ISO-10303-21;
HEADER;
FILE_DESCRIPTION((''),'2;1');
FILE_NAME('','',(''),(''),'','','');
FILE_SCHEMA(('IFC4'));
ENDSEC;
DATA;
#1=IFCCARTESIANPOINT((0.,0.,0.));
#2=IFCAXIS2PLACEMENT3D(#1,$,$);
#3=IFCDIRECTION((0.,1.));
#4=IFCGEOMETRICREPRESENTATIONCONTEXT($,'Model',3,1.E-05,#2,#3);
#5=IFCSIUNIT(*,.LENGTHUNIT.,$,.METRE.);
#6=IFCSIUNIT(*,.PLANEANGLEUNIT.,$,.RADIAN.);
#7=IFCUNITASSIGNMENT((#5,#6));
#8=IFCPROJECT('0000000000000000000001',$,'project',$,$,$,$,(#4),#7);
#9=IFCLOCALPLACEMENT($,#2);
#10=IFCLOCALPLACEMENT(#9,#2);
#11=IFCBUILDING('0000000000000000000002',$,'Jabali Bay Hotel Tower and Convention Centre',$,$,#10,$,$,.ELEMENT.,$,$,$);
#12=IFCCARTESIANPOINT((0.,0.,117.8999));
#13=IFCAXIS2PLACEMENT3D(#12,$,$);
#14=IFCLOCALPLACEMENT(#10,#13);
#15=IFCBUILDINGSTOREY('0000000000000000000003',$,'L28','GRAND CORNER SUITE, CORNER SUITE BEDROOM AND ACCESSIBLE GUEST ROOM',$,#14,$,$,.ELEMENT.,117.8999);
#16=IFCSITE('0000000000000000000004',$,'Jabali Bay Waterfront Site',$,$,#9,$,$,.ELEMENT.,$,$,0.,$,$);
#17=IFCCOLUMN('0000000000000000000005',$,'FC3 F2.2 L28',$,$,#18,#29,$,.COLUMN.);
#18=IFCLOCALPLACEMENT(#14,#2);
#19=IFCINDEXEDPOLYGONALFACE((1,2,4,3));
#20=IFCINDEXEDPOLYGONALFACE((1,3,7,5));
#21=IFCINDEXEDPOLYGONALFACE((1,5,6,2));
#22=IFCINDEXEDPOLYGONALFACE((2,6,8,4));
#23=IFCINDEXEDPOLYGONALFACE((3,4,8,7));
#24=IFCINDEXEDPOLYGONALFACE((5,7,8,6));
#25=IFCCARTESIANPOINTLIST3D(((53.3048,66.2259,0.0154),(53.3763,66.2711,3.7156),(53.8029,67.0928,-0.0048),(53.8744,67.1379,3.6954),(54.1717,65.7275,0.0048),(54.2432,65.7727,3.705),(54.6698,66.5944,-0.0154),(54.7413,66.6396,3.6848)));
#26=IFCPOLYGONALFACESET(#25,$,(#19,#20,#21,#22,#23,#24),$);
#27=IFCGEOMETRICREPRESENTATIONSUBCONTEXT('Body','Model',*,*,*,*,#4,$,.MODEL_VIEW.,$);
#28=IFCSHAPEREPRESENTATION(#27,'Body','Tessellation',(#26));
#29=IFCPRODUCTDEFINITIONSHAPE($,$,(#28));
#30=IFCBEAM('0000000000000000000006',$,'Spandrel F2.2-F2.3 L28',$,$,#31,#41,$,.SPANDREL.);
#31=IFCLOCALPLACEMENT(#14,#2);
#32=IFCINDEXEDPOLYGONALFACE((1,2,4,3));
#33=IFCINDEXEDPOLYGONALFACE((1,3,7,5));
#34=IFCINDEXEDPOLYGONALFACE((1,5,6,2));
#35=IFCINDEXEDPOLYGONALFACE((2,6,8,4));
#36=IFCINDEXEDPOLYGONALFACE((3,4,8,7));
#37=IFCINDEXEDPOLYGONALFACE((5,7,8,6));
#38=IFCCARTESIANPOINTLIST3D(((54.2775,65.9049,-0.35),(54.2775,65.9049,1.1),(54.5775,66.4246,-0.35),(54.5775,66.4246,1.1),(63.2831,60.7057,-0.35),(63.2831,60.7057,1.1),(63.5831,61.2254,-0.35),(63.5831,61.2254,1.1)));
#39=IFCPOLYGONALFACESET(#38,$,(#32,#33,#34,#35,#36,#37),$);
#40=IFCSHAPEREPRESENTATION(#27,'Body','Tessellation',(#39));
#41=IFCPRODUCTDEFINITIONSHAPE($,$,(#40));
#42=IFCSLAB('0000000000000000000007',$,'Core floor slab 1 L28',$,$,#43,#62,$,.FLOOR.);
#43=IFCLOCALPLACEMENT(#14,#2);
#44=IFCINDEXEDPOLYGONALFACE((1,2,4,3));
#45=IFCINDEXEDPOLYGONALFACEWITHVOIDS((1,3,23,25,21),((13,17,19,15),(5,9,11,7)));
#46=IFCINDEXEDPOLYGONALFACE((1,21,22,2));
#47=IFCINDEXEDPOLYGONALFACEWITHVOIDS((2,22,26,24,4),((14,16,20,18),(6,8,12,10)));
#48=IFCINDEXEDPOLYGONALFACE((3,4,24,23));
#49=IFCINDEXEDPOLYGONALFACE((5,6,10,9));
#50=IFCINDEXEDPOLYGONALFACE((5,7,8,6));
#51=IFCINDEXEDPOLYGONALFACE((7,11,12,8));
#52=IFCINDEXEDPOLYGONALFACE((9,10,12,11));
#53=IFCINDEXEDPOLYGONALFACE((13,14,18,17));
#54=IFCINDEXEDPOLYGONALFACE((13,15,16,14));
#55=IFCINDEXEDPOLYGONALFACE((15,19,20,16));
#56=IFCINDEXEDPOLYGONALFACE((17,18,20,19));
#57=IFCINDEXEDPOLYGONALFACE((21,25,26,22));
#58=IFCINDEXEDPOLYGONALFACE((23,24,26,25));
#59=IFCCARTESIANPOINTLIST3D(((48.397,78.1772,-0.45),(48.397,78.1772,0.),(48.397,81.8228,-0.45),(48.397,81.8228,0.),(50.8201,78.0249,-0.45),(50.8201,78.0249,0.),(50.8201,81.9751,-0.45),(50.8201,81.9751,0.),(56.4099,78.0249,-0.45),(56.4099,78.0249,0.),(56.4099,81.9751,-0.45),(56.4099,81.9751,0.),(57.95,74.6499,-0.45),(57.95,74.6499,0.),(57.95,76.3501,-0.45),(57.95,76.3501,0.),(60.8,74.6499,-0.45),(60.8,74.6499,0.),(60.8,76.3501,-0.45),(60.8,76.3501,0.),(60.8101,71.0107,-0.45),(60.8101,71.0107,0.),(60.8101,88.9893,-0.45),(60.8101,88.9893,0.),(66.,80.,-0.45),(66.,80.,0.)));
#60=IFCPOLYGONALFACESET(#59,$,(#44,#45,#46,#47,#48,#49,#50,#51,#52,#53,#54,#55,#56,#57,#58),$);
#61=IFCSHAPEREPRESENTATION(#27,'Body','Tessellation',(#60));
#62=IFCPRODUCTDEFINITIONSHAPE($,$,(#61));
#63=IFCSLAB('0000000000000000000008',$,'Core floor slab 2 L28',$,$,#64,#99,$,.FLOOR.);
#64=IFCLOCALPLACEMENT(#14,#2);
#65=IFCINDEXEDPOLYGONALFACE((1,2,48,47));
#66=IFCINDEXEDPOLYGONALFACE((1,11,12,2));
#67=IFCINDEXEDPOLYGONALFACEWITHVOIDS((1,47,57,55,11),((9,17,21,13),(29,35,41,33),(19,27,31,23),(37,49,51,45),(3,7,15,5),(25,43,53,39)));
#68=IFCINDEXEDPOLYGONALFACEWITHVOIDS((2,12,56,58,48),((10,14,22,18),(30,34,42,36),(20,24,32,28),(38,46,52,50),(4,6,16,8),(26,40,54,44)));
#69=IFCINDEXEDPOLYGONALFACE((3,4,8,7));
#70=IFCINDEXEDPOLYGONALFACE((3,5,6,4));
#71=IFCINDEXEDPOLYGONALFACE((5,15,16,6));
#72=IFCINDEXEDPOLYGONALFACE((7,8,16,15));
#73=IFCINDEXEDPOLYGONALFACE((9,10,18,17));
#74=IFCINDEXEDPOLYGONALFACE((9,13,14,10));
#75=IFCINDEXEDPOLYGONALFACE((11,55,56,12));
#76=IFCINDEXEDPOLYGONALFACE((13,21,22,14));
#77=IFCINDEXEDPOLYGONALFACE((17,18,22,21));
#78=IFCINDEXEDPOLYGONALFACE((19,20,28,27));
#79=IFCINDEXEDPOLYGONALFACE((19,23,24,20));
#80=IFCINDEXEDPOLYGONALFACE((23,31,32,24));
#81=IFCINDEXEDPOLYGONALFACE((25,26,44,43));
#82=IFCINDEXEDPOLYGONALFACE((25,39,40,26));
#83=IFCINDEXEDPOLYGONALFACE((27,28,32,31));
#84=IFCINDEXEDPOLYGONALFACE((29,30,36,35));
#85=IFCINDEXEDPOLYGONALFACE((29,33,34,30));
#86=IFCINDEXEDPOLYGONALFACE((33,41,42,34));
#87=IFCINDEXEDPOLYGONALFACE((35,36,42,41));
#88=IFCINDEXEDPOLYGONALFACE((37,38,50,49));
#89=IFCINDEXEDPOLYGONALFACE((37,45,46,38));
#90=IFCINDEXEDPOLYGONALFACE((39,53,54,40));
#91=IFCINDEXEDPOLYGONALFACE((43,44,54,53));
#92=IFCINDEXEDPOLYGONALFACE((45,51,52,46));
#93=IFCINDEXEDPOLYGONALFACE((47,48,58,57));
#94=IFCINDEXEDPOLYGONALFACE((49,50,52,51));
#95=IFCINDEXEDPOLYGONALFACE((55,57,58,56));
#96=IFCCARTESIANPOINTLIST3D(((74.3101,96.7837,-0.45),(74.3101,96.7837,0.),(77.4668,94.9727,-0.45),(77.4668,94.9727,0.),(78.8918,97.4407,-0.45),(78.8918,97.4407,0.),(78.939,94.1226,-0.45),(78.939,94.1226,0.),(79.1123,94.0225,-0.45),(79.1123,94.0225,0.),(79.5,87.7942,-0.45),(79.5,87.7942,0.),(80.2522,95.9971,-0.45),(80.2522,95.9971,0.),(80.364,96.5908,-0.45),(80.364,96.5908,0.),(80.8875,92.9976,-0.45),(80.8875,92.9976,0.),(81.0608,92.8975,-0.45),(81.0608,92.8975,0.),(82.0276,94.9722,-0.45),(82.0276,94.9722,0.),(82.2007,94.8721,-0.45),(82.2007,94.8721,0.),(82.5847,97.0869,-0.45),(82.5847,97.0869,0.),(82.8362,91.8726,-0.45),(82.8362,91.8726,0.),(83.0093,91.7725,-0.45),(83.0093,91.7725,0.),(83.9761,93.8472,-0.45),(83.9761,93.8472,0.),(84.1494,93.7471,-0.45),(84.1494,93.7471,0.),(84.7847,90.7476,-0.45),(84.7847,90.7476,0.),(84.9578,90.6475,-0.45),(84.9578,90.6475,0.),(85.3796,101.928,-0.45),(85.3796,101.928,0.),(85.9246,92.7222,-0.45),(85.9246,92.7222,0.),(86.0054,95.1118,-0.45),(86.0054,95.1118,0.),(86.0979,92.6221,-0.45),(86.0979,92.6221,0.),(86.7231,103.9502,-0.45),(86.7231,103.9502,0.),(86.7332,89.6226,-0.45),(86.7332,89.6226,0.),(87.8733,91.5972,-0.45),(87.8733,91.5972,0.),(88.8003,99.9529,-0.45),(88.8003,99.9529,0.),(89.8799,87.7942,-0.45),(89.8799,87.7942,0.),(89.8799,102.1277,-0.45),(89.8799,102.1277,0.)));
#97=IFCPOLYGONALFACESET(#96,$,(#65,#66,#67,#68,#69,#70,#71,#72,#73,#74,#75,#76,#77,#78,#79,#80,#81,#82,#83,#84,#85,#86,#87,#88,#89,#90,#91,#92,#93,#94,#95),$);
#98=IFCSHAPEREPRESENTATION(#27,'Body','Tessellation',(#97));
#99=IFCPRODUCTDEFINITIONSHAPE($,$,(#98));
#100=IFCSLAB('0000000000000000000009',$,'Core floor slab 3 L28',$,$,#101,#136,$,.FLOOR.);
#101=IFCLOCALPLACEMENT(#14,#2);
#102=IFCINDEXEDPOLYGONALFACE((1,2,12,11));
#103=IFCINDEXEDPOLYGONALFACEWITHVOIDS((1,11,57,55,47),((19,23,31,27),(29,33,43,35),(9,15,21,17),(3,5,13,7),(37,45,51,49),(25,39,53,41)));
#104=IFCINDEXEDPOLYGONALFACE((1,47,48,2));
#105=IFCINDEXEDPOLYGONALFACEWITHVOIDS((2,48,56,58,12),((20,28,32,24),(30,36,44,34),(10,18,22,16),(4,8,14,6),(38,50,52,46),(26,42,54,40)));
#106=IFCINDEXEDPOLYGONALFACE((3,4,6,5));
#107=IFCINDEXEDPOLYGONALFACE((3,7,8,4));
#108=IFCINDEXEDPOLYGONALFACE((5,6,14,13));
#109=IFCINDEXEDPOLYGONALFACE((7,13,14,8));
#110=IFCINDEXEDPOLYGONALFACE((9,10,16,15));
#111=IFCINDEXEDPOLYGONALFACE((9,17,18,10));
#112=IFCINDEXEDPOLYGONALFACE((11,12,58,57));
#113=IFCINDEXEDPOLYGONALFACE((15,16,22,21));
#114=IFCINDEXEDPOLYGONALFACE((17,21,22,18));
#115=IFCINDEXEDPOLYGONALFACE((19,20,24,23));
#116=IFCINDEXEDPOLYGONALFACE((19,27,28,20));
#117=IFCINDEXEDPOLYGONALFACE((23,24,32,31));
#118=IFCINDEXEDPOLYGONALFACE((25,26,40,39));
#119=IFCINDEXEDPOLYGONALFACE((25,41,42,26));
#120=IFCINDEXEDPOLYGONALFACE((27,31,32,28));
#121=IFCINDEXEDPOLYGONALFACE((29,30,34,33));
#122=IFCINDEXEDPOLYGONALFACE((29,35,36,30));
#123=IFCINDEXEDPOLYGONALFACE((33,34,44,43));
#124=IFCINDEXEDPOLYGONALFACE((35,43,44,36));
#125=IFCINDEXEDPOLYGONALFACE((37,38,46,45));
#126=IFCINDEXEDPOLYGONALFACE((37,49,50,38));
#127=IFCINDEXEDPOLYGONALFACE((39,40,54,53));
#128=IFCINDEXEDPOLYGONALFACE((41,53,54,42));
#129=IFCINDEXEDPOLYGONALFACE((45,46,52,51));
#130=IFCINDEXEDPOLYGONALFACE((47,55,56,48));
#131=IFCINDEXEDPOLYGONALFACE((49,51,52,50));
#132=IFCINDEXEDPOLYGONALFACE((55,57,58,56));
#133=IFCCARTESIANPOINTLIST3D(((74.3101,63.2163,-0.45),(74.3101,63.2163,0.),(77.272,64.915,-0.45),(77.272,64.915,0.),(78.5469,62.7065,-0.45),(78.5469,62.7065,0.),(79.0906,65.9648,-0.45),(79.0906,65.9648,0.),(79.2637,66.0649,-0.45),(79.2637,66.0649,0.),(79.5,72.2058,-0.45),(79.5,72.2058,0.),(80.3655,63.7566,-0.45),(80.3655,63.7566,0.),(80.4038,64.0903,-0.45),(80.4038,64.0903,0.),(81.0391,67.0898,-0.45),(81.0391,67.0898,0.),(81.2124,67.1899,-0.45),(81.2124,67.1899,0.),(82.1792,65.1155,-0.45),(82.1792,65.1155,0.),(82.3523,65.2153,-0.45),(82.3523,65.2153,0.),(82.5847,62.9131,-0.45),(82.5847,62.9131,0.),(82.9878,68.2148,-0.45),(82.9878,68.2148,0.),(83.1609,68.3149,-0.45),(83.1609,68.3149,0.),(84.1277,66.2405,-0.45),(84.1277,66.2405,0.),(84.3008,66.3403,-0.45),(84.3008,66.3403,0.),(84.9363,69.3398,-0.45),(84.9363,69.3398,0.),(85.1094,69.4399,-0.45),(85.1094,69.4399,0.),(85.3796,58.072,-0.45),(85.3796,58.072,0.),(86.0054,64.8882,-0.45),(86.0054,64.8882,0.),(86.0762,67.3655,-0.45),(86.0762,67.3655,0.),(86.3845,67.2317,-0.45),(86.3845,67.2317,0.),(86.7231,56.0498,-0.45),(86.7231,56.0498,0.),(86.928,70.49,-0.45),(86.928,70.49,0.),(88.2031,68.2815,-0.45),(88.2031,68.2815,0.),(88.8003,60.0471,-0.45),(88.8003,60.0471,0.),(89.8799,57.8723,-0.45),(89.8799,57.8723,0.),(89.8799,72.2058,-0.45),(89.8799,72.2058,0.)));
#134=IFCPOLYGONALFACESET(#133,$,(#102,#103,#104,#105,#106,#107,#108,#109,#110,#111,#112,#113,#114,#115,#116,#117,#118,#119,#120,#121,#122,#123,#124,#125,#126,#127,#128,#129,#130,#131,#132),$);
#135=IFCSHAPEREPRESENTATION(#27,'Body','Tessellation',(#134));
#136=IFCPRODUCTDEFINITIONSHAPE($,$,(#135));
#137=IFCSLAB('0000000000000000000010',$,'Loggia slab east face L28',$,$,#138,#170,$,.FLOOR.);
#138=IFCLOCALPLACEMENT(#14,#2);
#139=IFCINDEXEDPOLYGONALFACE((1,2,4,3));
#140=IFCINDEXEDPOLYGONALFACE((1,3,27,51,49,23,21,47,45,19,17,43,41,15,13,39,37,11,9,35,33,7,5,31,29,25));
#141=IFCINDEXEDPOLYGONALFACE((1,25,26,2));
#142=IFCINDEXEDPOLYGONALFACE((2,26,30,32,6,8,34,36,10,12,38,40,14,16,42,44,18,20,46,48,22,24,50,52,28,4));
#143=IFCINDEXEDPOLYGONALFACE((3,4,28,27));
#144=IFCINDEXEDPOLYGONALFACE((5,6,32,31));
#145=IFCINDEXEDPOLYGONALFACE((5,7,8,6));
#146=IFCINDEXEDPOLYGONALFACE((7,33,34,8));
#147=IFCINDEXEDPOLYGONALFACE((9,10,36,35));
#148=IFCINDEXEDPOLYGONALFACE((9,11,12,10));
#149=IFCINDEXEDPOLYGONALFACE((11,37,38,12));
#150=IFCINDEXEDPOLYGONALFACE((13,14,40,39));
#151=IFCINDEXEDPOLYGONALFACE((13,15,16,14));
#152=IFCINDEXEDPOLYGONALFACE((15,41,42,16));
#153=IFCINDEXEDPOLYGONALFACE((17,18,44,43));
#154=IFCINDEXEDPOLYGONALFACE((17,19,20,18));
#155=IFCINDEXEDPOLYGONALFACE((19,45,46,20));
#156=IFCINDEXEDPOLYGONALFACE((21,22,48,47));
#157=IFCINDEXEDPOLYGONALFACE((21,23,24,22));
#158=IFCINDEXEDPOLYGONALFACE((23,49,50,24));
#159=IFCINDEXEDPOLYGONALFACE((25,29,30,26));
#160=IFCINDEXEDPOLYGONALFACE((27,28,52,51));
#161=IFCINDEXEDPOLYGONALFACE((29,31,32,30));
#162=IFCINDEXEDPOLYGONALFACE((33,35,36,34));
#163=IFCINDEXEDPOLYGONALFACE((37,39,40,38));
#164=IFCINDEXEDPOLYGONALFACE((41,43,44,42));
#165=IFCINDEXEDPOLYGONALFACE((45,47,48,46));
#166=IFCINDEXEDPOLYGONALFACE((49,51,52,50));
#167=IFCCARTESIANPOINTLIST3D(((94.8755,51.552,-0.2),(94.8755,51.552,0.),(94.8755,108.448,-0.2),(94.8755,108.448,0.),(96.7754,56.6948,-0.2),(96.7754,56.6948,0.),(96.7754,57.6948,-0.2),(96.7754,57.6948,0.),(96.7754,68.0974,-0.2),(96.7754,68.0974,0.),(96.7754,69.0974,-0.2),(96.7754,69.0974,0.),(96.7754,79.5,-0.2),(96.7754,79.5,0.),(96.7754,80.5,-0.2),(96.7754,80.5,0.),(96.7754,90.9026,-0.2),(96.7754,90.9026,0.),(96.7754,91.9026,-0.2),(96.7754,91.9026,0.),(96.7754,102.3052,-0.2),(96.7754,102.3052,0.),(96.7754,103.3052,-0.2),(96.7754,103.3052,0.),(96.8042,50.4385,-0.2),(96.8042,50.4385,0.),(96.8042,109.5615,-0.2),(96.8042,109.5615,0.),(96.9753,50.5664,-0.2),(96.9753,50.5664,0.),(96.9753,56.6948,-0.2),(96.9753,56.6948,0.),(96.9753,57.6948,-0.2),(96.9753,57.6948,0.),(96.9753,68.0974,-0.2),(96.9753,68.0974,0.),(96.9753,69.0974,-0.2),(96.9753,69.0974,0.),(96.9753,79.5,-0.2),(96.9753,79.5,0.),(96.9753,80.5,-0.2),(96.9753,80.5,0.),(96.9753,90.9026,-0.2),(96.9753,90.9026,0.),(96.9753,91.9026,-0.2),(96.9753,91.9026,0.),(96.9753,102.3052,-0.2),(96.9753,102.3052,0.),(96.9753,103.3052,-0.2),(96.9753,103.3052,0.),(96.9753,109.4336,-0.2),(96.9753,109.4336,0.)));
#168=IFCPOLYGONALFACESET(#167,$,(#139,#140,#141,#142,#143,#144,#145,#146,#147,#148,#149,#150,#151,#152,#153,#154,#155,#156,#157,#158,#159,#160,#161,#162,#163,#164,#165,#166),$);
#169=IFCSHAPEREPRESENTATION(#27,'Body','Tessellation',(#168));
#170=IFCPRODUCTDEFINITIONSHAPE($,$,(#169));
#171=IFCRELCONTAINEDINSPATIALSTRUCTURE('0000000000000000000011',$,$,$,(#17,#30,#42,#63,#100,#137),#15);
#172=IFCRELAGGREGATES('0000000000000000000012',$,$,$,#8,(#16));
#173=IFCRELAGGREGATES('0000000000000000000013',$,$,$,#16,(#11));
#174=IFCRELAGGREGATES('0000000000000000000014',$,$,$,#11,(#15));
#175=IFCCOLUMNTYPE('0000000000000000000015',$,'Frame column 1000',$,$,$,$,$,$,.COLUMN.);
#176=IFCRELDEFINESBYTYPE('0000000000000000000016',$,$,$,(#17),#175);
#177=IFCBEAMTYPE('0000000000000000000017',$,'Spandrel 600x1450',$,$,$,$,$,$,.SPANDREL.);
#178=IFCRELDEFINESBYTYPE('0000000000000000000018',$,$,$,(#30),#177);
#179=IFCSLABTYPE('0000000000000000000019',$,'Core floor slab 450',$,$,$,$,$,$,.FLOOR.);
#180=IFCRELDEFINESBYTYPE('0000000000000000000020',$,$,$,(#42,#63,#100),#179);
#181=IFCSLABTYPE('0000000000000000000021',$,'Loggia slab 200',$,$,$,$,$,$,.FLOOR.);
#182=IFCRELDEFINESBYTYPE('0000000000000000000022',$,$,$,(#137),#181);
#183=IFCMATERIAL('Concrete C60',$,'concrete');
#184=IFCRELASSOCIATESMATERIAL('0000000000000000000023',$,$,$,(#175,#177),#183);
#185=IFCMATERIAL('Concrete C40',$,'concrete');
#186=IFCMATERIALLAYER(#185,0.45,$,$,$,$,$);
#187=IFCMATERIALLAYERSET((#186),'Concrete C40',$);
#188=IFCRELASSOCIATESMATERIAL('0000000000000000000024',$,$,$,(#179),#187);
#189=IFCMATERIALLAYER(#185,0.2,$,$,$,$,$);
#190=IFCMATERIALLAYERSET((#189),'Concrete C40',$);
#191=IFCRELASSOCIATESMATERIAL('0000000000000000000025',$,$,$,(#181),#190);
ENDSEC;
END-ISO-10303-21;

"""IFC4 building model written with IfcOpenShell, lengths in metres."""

from ifc_helpers import new_model, si_unit, direction, frame, origin, origin_2d, place, context, subcontext, project, spatial, polyline, rectangle, outline, extrude, material, layer, layer_set, material_profile, profile_set, type_object, element, save


model = new_model("IFC4")

# Units and contexts
model_context = context("Model", 3, precision=1e-05, world=origin(), true_north=direction((0.0, 1.0)))
body_context = subcontext(model_context, "Body", "Model", "MODEL_VIEW")
ifc_project = project(units=[si_unit("LENGTHUNIT", "METRE"), si_unit("PLANEANGLEUNIT", "RADIAN")], contexts=[model_context])

# Site, building, storey
site_placement = place(None, origin())
site = spatial("IfcSite", under=ifc_project, at=site_placement, Name="Jabali Bay Waterfront Site", CompositionType="ELEMENT", RefElevation=0.0)
building_placement = place(site_placement, origin())
building = spatial("IfcBuilding", under=site, at=building_placement, Name="Jabali Bay Hotel Tower and Convention Centre", CompositionType="ELEMENT")
storey_placement = place(building_placement, frame((0.0, 0.0, 117.8999)))
storey = spatial("IfcBuildingStorey", under=building, at=storey_placement, Name="L28", Description="GRAND CORNER SUITE, CORNER SUITE BEDROOM AND ACCESSIBLE GUEST ROOM", CompositionType="ELEMENT", Elevation=117.8999)

# Column
ifc_material_1 = material(Name="Concrete C60", Category="concrete")
ifc_material_profile_1 = material_profile(ifc_material_1, rectangle(XDim=1.0, YDim=1.0, at=origin_2d()), Name="Frame column 1000")
ifc_profile_set_1 = profile_set([ifc_material_profile_1], Name="Concrete C60")
column_type = type_object("IfcColumnType", Name="Frame column 1000", PredefinedType="COLUMN", material=ifc_profile_set_1)
column_placement = place(storey_placement, frame((53.9873, 66.4102, 0.0), z_axis=(0.019327, 0.012203, 0.999739), x_axis=(-0.866906, 0.498357, 0.010676)))
element("IfcColumn", 1, at=column_placement, inside=storey, type_object=column_type, Name="FC3 F2.2 L28", PredefinedType="COLUMN", context=body_context, shape_type="SweptSolid", body=[
    extrude(rectangle(XDim=1.0, YDim=1.0, at=origin_2d()), origin(), (0.0, 0.0, 1.0), 3.7012),
])

# Beam
ifc_material_profile_2 = material_profile(ifc_material_1, rectangle(XDim=0.6001, YDim=1.45, at=origin_2d()), Name="Spandrel 600x1450")
ifc_profile_set_2 = profile_set([ifc_material_profile_2], Name="Concrete C60")
beam_type = type_object("IfcBeamType", Name="Spandrel 600x1450", PredefinedType="SPANDREL", material=ifc_profile_set_2)
beam_placement = place(storey_placement, frame((54.4275, 66.1648, 0.375), z_axis=(0.866033, -0.499987, 0.0), x_axis=(0.499987, 0.866033, 0.0)))
element("IfcBeam", 2, at=beam_placement, inside=storey, type_object=beam_type, Name="Spandrel F2.2-F2.3 L28", PredefinedType="SPANDREL", context=body_context, shape_type="SweptSolid", body=[
    extrude(rectangle(XDim=0.6001, YDim=1.45, at=origin_2d()), origin(), (0.0, 0.0, 1.0), 10.3987),
])

# Slabs
ifc_material_2 = material(Name="Concrete C40", Category="concrete")
ifc_layer_1 = layer(ifc_material_2, 0.45)
ifc_layer_set_1 = layer_set([ifc_layer_1], Name="Concrete C40")
slab_type_1 = type_object("IfcSlabType", Name="Core floor slab 450", PredefinedType="FLOOR", material=ifc_layer_set_1)
slab_1_placement = place(storey_placement, frame((0.0, 0.0, -0.45)))
element("IfcSlab", 3, at=slab_1_placement, inside=storey, type_object=slab_type_1, Name="Core floor slab 1 L28", PredefinedType="FLOOR", context=body_context, shape_type="SweptSolid", body=[
    extrude(outline(polyline([(66.0, 80.0), (60.8101, 88.9893), (48.397, 81.8228), (48.397, 78.1772), (60.8101, 71.0107), (66.0, 80.0)]), holes=[polyline([(60.8, 76.3501), (57.95, 76.3501), (57.95, 74.6499), (60.8, 74.6499), (60.8, 76.3501)]), polyline([(50.8201, 81.9751), (50.8201, 78.0249), (56.4099, 78.0249), (56.4099, 81.9751), (50.8201, 81.9751)])]), origin(), (0.0, 0.0, 1.0), 0.45),
])
slab_2_placement = place(storey_placement, frame((0.0, 0.0, -0.45)))
element("IfcSlab", 4, at=slab_2_placement, inside=storey, type_object=slab_type_1, Name="Core floor slab 2 L28", PredefinedType="FLOOR", context=body_context, shape_type="SweptSolid", body=[
    extrude(outline(polyline([(79.5, 87.7942), (89.8799, 87.7942), (89.8799, 102.1277), (86.7231, 103.9502), (74.3101, 96.7837), (79.5, 87.7942)]), holes=[polyline([(84.9578, 90.6475), (86.7332, 89.6226), (87.8733, 91.5972), (86.0979, 92.6221), (84.9578, 90.6475)]), polyline([(84.1494, 93.7471), (83.0093, 91.7725), (84.7847, 90.7476), (85.9246, 92.7222), (84.1494, 93.7471)]), polyline([(82.2007, 94.8721), (81.0608, 92.8975), (82.8362, 91.8726), (83.9761, 93.8472), (82.2007, 94.8721)]), polyline([(79.1123, 94.0225), (80.8875, 92.9976), (82.0276, 94.9722), (80.2522, 95.9971), (79.1123, 94.0225)]), polyline([(78.8918, 97.4407), (77.4668, 94.9727), (78.939, 94.1226), (80.364, 96.5908), (78.8918, 97.4407)]), polyline([(82.5847, 97.0869), (86.0054, 95.1118), (88.8003, 99.9529), (85.3796, 101.928), (82.5847, 97.0869)])]), origin(), (0.0, 0.0, 1.0), 0.45),
])
slab_3_placement = place(storey_placement, frame((0.0, 0.0, -0.45)))
element("IfcSlab", 5, at=slab_3_placement, inside=storey, type_object=slab_type_1, Name="Core floor slab 3 L28", PredefinedType="FLOOR", context=body_context, shape_type="SweptSolid", body=[
    extrude(outline(polyline([(79.5, 72.2058), (74.3101, 63.2163), (86.7231, 56.0498), (89.8799, 57.8723), (89.8799, 72.2058), (79.5, 72.2058)]), holes=[polyline([(82.5847, 62.9131), (85.3796, 58.072), (88.8003, 60.0471), (86.0054, 64.8882), (82.5847, 62.9131)]), polyline([(80.3655, 63.7566), (79.0906, 65.9648), (77.272, 64.915), (78.5469, 62.7065), (80.3655, 63.7566)]), polyline([(82.1792, 65.1155), (81.0391, 67.0898), (79.2637, 66.0649), (80.4038, 64.0903), (82.1792, 65.1155)]), polyline([(82.9878, 68.2148), (81.2124, 67.1899), (82.3523, 65.2153), (84.1277, 66.2405), (82.9878, 68.2148)]), polyline([(86.0762, 67.3655), (84.9363, 69.3398), (83.1609, 68.3149), (84.3008, 66.3403), (86.0762, 67.3655)]), polyline([(88.2031, 68.2815), (86.928, 70.49), (85.1094, 69.4399), (86.3845, 67.2317), (88.2031, 68.2815)])]), origin(), (0.0, 0.0, 1.0), 0.45),
])
ifc_layer_2 = layer(ifc_material_2, 0.2)
ifc_layer_set_2 = layer_set([ifc_layer_2], Name="Concrete C40")
slab_type_2 = type_object("IfcSlabType", Name="Loggia slab 200", PredefinedType="FLOOR", material=ifc_layer_set_2)
slab_4_placement = place(storey_placement, frame((0.0, 0.0, -0.2)))
element("IfcSlab", 6, at=slab_4_placement, inside=storey, type_object=slab_type_2, Name="Loggia slab east face L28", PredefinedType="FLOOR", context=body_context, shape_type="SweptSolid", body=[
    extrude(outline(polyline([(94.8755, 108.448), (96.8042, 109.5615), (96.9753, 109.4336), (96.9753, 103.3052), (96.7754, 103.3052), (96.7754, 102.3052), (96.9753, 102.3052), (96.9753, 91.9026), (96.7754, 91.9026), (96.7754, 90.9026), (96.9753, 90.9026), (96.9753, 80.5), (96.7754, 80.5), (96.7754, 79.5), (96.9753, 79.5), (96.9753, 69.0974), (96.7754, 69.0974), (96.7754, 68.0974), (96.9753, 68.0974), (96.9753, 57.6948), (96.7754, 57.6948), (96.7754, 56.6948), (96.9753, 56.6948), (96.9753, 50.5664), (96.8042, 50.4385), (94.8755, 51.552), (94.8755, 108.448)])), origin(), (0.0, 0.0, 1.0), 0.2),
])

save(model, "model.ifc")
